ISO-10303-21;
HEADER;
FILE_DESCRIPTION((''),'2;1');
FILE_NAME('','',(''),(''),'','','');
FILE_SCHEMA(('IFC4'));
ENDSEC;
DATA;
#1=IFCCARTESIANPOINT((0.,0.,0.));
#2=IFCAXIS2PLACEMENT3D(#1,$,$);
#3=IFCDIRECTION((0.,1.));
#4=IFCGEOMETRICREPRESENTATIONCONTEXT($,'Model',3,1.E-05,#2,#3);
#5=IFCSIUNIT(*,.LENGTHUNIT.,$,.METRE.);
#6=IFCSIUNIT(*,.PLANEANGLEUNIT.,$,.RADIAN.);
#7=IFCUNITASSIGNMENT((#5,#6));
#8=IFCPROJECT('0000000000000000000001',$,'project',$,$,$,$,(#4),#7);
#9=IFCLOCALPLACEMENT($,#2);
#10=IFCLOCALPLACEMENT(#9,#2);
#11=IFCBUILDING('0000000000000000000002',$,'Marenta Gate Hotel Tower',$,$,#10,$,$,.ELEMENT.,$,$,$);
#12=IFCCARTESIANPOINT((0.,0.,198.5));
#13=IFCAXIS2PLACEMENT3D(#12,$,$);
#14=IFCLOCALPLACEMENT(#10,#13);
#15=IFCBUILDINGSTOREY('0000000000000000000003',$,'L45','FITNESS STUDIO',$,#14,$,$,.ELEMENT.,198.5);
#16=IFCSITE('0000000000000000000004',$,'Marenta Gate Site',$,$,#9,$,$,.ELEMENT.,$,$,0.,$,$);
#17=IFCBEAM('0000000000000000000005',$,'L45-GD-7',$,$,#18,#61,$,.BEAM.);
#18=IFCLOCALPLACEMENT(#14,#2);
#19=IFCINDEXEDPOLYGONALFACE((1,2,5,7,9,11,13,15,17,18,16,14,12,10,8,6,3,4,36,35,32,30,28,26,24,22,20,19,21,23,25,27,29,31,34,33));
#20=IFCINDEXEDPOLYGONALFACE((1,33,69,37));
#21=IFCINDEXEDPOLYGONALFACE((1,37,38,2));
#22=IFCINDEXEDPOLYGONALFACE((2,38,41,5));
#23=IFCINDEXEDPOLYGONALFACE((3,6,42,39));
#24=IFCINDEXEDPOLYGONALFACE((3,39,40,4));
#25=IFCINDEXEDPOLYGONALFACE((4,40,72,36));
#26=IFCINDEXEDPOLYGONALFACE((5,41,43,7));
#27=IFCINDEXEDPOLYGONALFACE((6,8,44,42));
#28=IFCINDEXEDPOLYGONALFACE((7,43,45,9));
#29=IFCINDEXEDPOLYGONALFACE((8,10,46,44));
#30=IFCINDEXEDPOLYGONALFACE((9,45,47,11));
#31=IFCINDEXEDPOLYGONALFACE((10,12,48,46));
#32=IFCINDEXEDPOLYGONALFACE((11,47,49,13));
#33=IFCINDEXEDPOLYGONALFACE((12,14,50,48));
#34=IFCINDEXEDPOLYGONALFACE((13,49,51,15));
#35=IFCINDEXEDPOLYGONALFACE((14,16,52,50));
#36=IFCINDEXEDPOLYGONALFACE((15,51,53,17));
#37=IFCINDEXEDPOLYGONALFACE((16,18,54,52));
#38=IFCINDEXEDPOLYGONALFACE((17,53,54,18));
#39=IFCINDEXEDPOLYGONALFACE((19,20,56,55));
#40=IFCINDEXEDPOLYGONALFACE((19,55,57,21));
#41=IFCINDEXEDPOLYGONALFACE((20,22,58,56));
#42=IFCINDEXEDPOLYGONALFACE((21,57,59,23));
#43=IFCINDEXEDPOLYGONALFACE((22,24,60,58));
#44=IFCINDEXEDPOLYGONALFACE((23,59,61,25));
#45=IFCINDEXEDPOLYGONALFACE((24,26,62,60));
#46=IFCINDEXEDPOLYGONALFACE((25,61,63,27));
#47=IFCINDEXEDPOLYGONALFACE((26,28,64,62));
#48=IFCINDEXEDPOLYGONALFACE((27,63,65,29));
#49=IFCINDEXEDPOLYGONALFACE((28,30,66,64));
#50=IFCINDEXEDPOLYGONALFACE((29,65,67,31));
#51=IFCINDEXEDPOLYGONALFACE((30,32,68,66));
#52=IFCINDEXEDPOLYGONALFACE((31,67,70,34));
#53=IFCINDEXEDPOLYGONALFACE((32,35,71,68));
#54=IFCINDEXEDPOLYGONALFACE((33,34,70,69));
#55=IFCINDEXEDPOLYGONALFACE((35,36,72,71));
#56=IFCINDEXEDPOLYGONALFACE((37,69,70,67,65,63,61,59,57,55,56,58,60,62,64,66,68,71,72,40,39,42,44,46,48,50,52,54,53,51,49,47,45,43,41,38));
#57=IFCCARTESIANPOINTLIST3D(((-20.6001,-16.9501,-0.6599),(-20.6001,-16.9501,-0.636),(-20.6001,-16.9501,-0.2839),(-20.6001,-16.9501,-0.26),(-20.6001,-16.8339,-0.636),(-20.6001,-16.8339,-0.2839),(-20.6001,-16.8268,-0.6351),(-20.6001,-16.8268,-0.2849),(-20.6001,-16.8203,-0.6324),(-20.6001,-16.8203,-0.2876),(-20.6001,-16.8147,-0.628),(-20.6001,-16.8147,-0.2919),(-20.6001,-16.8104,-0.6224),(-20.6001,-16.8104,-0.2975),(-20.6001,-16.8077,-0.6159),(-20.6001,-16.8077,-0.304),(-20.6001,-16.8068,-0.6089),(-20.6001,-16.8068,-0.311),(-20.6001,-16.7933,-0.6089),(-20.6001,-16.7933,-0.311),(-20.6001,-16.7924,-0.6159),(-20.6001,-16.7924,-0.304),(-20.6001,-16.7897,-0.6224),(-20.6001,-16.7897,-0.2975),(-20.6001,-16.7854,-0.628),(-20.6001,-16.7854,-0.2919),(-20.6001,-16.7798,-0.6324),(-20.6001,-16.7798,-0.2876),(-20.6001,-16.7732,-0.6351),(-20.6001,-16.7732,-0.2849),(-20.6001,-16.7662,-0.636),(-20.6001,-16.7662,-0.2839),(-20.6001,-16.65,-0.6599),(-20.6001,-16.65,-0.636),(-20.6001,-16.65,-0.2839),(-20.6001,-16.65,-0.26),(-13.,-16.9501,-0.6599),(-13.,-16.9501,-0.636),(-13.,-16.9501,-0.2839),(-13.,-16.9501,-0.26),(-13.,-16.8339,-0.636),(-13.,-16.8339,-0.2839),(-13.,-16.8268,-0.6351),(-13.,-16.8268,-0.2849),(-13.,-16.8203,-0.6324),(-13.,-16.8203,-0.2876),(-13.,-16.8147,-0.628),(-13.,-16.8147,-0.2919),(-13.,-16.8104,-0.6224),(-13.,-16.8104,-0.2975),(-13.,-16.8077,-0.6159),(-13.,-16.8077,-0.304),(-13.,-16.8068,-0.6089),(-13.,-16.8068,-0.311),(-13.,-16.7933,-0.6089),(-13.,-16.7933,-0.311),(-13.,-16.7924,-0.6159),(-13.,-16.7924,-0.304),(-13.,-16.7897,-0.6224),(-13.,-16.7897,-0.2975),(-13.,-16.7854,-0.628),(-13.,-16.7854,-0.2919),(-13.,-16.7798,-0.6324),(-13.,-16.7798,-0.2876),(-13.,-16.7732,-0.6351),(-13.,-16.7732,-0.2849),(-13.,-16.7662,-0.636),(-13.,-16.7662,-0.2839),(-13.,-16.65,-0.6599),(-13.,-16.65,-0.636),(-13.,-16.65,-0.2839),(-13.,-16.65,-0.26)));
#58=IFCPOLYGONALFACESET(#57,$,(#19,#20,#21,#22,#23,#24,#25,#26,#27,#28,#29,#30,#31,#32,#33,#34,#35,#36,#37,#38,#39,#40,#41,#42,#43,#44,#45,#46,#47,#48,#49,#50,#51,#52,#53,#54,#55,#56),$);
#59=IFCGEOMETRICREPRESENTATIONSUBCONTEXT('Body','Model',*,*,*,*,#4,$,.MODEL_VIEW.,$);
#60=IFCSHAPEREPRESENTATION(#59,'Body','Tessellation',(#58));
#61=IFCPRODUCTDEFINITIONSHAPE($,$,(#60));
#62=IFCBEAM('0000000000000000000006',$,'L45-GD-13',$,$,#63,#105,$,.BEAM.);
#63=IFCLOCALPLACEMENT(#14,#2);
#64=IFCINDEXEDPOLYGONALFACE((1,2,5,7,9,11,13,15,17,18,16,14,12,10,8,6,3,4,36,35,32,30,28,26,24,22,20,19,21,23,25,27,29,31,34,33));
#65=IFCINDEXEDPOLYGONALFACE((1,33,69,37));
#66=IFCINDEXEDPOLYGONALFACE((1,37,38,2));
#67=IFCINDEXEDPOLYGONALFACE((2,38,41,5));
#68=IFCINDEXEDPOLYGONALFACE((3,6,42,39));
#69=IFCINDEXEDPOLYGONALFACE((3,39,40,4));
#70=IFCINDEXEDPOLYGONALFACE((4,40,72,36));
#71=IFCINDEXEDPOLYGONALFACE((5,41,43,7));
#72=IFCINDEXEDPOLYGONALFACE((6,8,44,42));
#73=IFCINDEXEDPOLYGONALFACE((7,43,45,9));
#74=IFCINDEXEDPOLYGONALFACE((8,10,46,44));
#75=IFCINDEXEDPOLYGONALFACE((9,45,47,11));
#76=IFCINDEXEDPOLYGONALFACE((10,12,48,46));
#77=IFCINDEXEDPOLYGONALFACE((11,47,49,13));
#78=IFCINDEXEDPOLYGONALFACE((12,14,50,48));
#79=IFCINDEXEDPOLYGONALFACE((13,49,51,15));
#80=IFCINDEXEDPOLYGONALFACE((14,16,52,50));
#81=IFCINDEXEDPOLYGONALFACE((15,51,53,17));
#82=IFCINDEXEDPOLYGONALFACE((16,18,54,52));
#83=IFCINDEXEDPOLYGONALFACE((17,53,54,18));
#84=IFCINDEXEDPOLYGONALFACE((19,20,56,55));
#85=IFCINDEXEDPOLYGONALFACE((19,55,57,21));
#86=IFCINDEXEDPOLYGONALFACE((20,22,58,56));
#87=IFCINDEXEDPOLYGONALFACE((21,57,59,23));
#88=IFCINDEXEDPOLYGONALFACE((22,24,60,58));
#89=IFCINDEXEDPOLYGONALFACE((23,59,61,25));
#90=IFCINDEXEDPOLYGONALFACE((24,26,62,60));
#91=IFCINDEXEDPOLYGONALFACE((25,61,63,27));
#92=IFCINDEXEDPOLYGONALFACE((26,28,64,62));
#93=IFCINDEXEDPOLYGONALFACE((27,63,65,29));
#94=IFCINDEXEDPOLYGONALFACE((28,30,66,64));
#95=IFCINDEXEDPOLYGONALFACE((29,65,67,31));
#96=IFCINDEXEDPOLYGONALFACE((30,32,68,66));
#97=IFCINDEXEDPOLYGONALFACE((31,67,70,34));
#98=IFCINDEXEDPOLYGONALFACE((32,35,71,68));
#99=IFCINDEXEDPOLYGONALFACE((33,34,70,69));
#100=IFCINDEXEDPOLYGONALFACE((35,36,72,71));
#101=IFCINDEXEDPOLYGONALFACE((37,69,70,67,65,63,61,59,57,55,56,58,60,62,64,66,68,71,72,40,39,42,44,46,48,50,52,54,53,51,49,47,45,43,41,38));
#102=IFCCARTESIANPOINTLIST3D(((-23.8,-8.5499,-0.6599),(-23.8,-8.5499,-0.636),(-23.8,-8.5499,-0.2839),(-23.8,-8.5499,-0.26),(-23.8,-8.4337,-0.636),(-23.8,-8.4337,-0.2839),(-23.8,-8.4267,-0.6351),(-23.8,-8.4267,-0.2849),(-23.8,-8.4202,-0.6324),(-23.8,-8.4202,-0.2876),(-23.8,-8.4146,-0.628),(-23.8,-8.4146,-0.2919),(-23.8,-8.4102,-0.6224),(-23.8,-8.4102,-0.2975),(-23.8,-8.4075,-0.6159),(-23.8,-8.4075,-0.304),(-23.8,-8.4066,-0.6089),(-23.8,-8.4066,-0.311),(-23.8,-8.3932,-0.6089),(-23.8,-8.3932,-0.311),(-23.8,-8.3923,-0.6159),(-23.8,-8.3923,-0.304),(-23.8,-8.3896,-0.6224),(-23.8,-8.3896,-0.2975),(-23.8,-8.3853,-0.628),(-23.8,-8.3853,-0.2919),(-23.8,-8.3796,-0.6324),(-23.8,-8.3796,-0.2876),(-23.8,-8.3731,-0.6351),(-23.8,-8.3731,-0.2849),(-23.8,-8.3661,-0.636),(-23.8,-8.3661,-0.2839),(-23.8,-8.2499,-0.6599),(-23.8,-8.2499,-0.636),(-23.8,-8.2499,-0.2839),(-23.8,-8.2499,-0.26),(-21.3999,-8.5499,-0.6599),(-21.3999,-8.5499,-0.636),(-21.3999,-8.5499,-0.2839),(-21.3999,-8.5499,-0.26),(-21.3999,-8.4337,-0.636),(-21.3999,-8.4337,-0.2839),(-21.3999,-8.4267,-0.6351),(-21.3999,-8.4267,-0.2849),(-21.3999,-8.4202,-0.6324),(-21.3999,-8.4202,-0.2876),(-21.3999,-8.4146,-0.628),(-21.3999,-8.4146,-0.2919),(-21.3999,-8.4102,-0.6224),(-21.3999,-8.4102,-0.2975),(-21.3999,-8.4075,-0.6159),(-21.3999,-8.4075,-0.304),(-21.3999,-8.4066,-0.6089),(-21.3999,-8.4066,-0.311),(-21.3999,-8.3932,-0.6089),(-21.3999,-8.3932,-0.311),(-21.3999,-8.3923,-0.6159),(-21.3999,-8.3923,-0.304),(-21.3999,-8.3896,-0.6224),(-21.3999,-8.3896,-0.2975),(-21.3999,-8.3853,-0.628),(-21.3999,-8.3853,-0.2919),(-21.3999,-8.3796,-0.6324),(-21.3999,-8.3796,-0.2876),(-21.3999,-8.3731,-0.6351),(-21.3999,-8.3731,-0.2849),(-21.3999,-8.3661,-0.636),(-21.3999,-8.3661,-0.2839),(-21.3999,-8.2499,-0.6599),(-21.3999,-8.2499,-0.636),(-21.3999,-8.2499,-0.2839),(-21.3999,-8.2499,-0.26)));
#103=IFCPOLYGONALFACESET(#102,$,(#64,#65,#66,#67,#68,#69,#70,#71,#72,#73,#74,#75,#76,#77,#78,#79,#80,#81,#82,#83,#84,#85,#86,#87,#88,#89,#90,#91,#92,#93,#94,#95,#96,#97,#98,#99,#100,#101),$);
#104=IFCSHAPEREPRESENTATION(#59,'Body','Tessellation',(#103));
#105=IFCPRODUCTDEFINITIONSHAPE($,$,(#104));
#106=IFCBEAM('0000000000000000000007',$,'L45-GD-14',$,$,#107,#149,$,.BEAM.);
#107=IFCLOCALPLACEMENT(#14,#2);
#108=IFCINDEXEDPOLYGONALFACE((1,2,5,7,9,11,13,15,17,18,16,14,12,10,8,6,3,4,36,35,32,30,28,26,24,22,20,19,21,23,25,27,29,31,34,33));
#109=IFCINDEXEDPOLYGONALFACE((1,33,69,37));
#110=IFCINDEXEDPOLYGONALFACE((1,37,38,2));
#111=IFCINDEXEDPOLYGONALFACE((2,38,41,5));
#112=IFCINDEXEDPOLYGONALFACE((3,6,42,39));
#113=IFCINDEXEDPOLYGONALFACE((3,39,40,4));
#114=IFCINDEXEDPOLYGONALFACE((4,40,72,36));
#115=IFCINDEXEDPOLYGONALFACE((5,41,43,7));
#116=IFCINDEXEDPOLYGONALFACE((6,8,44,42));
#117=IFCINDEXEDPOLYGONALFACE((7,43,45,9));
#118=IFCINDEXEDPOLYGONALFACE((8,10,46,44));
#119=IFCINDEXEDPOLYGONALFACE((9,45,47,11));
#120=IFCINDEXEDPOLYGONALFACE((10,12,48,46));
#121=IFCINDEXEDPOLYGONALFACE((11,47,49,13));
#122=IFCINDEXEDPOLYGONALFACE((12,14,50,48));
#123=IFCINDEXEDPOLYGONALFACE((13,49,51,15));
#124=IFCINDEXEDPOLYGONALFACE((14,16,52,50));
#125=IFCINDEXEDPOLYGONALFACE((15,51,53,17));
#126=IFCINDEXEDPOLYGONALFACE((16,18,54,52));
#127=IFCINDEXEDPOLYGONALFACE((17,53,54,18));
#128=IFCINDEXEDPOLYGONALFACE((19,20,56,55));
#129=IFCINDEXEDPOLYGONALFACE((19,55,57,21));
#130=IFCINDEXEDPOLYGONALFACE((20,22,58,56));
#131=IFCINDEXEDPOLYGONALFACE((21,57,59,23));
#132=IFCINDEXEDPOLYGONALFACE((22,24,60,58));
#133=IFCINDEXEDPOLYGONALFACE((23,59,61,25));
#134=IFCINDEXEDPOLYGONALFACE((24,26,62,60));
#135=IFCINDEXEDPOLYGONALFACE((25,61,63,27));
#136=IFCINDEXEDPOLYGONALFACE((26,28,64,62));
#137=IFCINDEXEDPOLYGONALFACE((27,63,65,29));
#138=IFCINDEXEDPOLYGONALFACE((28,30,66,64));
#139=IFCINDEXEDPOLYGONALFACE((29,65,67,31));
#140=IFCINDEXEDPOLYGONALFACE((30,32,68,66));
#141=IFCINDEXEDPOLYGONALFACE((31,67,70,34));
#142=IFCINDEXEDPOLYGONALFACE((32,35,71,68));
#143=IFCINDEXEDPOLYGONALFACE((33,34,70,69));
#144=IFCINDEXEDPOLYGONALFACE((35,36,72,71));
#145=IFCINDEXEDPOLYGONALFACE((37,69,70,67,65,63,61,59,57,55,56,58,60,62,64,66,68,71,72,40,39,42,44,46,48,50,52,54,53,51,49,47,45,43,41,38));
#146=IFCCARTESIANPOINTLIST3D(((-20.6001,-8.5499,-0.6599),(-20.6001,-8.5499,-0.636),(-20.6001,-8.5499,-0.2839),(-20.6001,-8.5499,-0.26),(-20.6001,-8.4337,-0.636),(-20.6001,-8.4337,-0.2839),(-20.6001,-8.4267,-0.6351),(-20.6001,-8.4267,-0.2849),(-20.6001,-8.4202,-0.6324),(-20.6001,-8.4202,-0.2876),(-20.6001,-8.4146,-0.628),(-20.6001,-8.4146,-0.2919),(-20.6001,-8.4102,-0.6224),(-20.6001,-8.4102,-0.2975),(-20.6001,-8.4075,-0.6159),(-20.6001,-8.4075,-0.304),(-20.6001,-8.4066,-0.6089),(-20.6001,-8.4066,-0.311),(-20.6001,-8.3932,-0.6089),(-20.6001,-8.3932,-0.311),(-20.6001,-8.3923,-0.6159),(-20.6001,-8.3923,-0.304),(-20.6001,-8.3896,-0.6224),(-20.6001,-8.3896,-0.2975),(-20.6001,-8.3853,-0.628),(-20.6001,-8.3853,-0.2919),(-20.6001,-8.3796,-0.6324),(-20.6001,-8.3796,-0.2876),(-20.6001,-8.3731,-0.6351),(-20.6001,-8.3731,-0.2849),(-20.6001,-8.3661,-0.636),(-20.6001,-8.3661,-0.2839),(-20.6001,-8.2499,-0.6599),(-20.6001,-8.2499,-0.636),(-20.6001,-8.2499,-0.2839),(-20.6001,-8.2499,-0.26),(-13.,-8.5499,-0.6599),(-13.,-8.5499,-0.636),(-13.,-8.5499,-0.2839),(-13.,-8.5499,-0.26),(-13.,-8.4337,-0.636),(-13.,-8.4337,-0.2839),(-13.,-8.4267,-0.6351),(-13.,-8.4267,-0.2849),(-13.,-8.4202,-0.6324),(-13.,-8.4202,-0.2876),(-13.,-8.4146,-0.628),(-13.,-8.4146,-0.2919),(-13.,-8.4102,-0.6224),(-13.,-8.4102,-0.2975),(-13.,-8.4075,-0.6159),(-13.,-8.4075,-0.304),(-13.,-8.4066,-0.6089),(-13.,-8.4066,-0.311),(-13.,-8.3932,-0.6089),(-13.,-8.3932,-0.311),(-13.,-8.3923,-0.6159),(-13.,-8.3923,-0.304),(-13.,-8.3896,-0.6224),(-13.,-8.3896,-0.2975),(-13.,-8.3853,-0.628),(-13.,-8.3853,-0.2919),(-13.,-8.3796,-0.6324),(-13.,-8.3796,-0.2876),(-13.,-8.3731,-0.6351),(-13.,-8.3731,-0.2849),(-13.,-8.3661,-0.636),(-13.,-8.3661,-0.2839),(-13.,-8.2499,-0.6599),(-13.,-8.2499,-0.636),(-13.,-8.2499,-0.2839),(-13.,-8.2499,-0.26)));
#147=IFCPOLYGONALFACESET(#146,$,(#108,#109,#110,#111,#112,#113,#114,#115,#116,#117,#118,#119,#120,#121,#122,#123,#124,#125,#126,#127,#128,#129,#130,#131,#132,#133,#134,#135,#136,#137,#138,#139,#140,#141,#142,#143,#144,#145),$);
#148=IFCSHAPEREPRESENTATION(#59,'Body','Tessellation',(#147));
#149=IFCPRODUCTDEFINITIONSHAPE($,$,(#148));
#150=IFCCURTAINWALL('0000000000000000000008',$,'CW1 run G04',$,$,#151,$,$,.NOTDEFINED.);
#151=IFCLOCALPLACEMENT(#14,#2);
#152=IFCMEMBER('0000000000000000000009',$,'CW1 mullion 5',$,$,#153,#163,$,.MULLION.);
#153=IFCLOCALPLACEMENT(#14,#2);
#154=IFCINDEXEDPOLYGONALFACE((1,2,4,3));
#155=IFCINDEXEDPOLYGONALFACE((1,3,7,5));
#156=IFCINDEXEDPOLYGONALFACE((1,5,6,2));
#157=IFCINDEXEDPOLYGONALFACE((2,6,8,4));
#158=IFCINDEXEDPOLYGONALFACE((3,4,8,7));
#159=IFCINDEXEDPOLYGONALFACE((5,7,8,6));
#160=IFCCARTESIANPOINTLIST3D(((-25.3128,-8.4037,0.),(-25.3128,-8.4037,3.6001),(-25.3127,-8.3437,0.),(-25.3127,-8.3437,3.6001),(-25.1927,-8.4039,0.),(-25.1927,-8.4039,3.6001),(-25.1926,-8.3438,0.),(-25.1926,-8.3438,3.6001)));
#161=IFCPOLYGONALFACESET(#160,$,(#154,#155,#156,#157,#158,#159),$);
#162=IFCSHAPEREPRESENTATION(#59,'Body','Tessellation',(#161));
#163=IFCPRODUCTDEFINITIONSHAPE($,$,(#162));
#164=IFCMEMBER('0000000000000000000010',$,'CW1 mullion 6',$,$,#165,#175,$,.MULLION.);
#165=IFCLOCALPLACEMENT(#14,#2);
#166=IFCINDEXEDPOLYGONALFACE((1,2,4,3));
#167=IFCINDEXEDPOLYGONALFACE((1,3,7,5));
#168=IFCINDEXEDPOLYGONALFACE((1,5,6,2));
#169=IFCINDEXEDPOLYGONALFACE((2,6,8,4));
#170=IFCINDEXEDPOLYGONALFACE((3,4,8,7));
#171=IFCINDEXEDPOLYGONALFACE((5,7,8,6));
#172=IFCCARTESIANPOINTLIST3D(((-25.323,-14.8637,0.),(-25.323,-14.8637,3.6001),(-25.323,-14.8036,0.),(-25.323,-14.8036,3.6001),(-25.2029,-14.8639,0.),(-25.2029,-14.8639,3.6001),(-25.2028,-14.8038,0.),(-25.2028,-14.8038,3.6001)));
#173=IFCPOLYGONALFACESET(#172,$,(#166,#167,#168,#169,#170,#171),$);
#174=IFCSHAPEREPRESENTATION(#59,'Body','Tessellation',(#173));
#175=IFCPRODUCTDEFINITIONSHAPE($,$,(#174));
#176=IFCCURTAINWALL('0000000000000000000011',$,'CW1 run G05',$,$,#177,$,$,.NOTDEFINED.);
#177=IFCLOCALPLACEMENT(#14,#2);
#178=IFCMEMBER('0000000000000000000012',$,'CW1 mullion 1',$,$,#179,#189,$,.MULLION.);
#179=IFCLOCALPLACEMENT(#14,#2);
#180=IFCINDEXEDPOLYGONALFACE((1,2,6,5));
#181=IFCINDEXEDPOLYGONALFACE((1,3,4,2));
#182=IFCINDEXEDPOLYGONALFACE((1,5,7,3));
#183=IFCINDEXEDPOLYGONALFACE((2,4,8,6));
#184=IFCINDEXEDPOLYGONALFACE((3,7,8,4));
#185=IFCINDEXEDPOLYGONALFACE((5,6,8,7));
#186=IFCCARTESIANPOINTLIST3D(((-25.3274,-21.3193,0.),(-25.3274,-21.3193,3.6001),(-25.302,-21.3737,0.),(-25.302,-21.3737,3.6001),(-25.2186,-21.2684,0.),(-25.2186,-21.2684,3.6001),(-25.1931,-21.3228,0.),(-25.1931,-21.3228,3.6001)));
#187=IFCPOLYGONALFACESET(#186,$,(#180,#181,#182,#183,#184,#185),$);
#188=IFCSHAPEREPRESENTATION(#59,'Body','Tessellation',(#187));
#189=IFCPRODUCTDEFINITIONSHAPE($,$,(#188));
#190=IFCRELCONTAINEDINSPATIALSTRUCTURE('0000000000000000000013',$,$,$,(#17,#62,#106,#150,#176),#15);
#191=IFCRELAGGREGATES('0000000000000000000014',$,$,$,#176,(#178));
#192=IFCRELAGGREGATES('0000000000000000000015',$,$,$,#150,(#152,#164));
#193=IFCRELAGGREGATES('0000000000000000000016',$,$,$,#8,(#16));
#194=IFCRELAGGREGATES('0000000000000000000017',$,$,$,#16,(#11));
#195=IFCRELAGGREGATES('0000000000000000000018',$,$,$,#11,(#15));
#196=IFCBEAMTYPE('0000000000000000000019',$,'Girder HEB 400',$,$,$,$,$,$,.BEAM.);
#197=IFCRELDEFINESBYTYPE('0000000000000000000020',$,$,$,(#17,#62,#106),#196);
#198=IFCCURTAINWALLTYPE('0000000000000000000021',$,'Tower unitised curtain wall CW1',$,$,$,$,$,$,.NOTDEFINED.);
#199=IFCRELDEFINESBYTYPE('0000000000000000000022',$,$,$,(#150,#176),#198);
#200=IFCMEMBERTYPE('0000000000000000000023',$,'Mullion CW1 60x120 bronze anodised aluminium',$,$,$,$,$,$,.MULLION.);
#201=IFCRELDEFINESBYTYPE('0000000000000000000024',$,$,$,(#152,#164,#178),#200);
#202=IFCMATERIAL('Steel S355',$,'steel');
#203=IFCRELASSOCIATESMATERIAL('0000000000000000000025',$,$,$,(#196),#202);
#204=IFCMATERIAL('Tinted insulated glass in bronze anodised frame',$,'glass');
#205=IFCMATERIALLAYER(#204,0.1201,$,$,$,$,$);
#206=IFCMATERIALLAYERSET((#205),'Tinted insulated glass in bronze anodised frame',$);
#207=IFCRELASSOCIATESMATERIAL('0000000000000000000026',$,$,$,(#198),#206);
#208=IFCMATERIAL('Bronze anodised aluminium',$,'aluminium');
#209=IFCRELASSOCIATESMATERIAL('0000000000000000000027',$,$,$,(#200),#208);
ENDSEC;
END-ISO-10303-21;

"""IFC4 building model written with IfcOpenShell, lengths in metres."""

from ifc_helpers import new_model, si_unit, direction, frame, origin, origin_2d, place, context, subcontext, project, spatial, rectangle, i_section, extrude, material, layer, layer_set, material_profile, profile_set, type_object, element, aggregate, save


model = new_model("IFC4")

# Units and contexts
model_context = context("Model", 3, precision=1e-05, world=origin(), true_north=direction((0.0, 1.0)))
body_context = subcontext(model_context, "Body", "Model", "MODEL_VIEW")
ifc_project = project(units=[si_unit("LENGTHUNIT", "METRE"), si_unit("PLANEANGLEUNIT", "RADIAN")], contexts=[model_context])

# Site, building, storey
site_placement = place(None, origin())
site = spatial("IfcSite", under=ifc_project, at=site_placement, Name="Marenta Gate Site", CompositionType="ELEMENT", RefElevation=0.0)
building_placement = place(site_placement, origin())
building = spatial("IfcBuilding", under=site, at=building_placement, Name="Marenta Gate Hotel Tower", CompositionType="ELEMENT")
storey_placement = place(building_placement, frame((0.0, 0.0, 198.5)))
storey = spatial("IfcBuildingStorey", under=building, at=storey_placement, Name="L45", Description="FITNESS STUDIO", CompositionType="ELEMENT", Elevation=198.5)

# Beams
ifc_material_1 = material(Name="Steel S355", Category="steel")
ifc_material_profile_1 = material_profile(ifc_material_1, i_section(OverallWidth=0.3, OverallDepth=0.3999, WebThickness=0.0134, FlangeThickness=0.0239, FilletRadius=0.0271, at=origin_2d()), Name="HEB 400")
ifc_profile_set_1 = profile_set([ifc_material_profile_1], Name="Steel S355")
beam_type_1 = type_object("IfcBeamType", Name="Girder HEB 400", PredefinedType="BEAM", material=ifc_profile_set_1)
beam_1_placement = place(storey_placement, frame((-20.6001, -16.8, -0.46), z_axis=(1.0, 0.0, 0.0), x_axis=(0.0, 1.0, 0.0)))
element("IfcBeam", 1, at=beam_1_placement, inside=storey, type_object=beam_type_1, Name="L45-GD-7", PredefinedType="BEAM", context=body_context, shape_type="SweptSolid", body=[
    extrude(i_section(OverallWidth=0.3, OverallDepth=0.3999, WebThickness=0.0134, FlangeThickness=0.0239, FilletRadius=0.0271, at=origin_2d()), origin(), (0.0, 0.0, 1.0), 7.6001),
])
beam_2_placement = place(storey_placement, frame((-23.8, -8.3999, -0.46), z_axis=(1.0, 0.0, 0.0), x_axis=(0.0, 1.0, 0.0)))
element("IfcBeam", 2, at=beam_2_placement, inside=storey, type_object=beam_type_1, Name="L45-GD-13", PredefinedType="BEAM", context=body_context, shape_type="SweptSolid", body=[
    extrude(i_section(OverallWidth=0.3, OverallDepth=0.3999, WebThickness=0.0134, FlangeThickness=0.0239, FilletRadius=0.0271, at=origin_2d()), origin(), (0.0, 0.0, 1.0), 2.4001),
])
beam_3_placement = place(storey_placement, frame((-20.6001, -8.3999, -0.46), z_axis=(1.0, 0.0, 0.0), x_axis=(0.0, 1.0, 0.0)))
element("IfcBeam", 3, at=beam_3_placement, inside=storey, type_object=beam_type_1, Name="L45-GD-14", PredefinedType="BEAM", context=body_context, shape_type="SweptSolid", body=[
    extrude(i_section(OverallWidth=0.3, OverallDepth=0.3999, WebThickness=0.0134, FlangeThickness=0.0239, FilletRadius=0.0271, at=origin_2d()), origin(), (0.0, 0.0, 1.0), 7.6001),
])

# Curtain wall, members
ifc_material_2 = material(Name="Tinted insulated glass in bronze anodised frame", Category="glass")
ifc_layer_1 = layer(ifc_material_2, 0.1201)
ifc_layer_set_1 = layer_set([ifc_layer_1], Name="Tinted insulated glass in bronze anodised frame")
curtain_wall_type = type_object("IfcCurtainWallType", Name="Tower unitised curtain wall CW1", PredefinedType="NOTDEFINED", material=ifc_layer_set_1)
curtain_wall_1_placement = place(storey_placement, origin())
curtain_wall_1 = element("IfcCurtainWall", 4, at=curtain_wall_1_placement, inside=storey, type_object=curtain_wall_type, Name="CW1 run G04", PredefinedType="NOTDEFINED")
ifc_material_3 = material(Name="Bronze anodised aluminium", Category="aluminium")
ifc_material_profile_2 = material_profile(ifc_material_3, rectangle(XDim=0.1201, YDim=0.0601, at=origin_2d()), Name="Mullion CW1 60x120 bronze anodised aluminium")
ifc_profile_set_2 = profile_set([ifc_material_profile_2], Name="Bronze anodised aluminium")
member_type_1 = type_object("IfcMemberType", Name="Mullion CW1 60x120 bronze anodised aluminium", PredefinedType="MULLION", material=ifc_profile_set_2)
member_1_placement = place(storey_placement, frame((-25.2527, -8.3738, 0.0), z_axis=(0.0, 0.0, 1.0), x_axis=(0.999999, -0.001566, 0.0)))
member_1 = element("IfcMember", 5, at=member_1_placement, type_object=member_type_1, Name="CW1 mullion 5", PredefinedType="MULLION", context=body_context, shape_type="SweptSolid", body=[
    extrude(rectangle(XDim=0.1201, YDim=0.0601, at=origin_2d()), origin(), (0.0, 0.0, 1.0), 3.6001),
])
member_2_placement = place(storey_placement, frame((-25.2629, -14.8337, 0.0), z_axis=(0.0, 0.0, 1.0), x_axis=(0.999999, -0.001566, 0.0)))
member_2 = element("IfcMember", 6, at=member_2_placement, type_object=member_type_1, Name="CW1 mullion 6", PredefinedType="MULLION", context=body_context, shape_type="SweptSolid", body=[
    extrude(rectangle(XDim=0.1201, YDim=0.0601, at=origin_2d()), origin(), (0.0, 0.0, 1.0), 3.6001),
])

# Curtain wall, member
curtain_wall_2_placement = place(storey_placement, origin())
curtain_wall_2 = element("IfcCurtainWall", 7, at=curtain_wall_2_placement, inside=storey, type_object=curtain_wall_type, Name="CW1 run G05", PredefinedType="NOTDEFINED")
member_3_placement = place(storey_placement, frame((-25.2603, -21.321, 0.0), z_axis=(0.0, 0.0, 1.0), x_axis=(0.905975, 0.423332, 0.0)))
member_3 = element("IfcMember", 8, at=member_3_placement, type_object=member_type_1, Name="CW1 mullion 1", PredefinedType="MULLION", context=body_context, shape_type="SweptSolid", body=[
    extrude(rectangle(XDim=0.1201, YDim=0.0601, at=origin_2d()), origin(), (0.0, 0.0, 1.0), 3.6001),
])
aggregate(curtain_wall_2, [member_3])

aggregate(curtain_wall_1, [member_1, member_2])

save(model, "model.ifc")
